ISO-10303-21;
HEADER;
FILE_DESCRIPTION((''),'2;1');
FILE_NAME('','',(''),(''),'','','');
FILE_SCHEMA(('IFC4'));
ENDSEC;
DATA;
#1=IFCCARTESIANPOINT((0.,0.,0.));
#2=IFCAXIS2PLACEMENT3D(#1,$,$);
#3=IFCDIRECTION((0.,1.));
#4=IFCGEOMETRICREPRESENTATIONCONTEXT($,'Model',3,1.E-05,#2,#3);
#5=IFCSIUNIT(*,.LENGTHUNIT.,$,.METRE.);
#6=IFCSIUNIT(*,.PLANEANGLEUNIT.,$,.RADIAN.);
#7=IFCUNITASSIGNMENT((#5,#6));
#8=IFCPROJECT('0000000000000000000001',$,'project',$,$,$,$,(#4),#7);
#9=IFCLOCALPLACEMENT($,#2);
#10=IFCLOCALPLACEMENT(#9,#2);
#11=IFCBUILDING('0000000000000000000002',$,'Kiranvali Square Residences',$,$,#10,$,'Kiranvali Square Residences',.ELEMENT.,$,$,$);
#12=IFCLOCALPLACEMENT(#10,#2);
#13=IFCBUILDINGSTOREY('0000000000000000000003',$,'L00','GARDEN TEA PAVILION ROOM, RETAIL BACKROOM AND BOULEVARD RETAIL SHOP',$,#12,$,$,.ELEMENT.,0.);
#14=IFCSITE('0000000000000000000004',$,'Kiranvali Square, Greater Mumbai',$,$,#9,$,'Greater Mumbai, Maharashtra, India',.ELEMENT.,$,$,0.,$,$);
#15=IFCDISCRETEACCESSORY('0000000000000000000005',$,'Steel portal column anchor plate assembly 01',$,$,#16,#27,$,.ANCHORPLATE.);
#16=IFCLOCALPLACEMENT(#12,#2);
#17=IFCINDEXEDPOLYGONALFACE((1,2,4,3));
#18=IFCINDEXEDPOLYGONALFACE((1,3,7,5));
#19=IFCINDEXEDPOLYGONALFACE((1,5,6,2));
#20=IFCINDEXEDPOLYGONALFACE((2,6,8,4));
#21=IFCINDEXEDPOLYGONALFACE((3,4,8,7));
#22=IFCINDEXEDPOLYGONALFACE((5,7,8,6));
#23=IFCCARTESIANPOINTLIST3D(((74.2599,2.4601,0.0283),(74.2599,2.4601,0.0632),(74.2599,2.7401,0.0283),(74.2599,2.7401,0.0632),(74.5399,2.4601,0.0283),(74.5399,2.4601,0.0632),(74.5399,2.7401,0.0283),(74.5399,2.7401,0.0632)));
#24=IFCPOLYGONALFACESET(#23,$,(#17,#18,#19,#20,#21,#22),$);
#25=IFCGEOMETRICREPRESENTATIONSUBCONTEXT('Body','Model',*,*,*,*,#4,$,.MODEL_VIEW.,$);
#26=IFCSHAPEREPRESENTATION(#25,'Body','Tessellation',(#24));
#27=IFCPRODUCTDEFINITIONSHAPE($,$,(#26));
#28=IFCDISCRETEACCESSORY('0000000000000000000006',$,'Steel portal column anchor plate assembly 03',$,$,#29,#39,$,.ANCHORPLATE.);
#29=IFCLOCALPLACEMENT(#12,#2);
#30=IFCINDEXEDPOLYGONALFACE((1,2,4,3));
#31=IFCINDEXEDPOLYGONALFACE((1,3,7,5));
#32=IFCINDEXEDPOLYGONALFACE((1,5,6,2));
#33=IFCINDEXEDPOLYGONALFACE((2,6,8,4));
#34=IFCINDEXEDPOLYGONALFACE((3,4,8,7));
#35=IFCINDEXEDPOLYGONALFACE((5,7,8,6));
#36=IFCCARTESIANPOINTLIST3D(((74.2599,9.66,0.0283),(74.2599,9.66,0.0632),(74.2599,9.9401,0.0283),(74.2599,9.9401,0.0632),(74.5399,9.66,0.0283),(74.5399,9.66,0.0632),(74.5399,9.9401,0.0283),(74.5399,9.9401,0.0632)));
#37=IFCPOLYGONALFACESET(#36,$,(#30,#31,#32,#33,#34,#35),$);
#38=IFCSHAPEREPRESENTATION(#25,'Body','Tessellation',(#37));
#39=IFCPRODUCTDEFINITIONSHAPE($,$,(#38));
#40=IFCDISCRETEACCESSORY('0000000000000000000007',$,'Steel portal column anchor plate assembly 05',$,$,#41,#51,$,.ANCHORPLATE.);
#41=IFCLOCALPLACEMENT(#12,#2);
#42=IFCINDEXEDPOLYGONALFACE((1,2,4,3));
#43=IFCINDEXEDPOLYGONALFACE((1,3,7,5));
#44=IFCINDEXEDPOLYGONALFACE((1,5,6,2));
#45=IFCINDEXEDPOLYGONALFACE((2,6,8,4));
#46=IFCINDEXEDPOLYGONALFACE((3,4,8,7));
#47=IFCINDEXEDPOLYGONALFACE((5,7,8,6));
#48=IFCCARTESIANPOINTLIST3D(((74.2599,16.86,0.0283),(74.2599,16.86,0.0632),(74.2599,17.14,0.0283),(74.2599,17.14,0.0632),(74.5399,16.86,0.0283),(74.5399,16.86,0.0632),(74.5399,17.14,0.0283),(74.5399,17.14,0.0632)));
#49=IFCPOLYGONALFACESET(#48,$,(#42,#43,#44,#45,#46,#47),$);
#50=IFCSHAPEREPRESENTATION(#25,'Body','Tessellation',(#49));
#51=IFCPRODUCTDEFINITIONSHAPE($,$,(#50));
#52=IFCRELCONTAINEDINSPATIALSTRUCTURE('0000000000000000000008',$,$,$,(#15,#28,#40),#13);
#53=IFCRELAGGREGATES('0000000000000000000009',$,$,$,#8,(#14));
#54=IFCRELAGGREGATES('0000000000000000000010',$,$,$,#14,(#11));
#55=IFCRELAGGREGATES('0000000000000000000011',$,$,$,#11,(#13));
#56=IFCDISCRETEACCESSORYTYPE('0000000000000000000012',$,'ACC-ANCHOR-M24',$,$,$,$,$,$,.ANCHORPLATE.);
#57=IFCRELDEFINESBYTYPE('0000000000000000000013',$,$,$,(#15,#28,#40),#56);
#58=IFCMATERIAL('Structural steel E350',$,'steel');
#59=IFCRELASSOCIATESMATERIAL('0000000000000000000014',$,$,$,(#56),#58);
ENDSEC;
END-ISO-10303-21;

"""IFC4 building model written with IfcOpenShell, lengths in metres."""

from ifc_helpers import new_model, si_unit, direction, frame, origin, origin_2d, place, context, subcontext, project, spatial, rectangle, extrude, material, type_object, element, save


model = new_model("IFC4")

# Units and contexts
model_context = context("Model", 3, precision=1e-05, world=origin(), true_north=direction((0.0, 1.0)))
body_context = subcontext(model_context, "Body", "Model", "MODEL_VIEW")
ifc_project = project(units=[si_unit("LENGTHUNIT", "METRE"), si_unit("PLANEANGLEUNIT", "RADIAN")], contexts=[model_context])

# Site, building, storey
site_placement = place(None, origin())
site = spatial("IfcSite", under=ifc_project, at=site_placement, Name="Kiranvali Square, Greater Mumbai", LongName="Greater Mumbai, Maharashtra, India", CompositionType="ELEMENT", RefElevation=0.0)
building_placement = place(site_placement, origin())
building = spatial("IfcBuilding", under=site, at=building_placement, Name="Kiranvali Square Residences", LongName="Kiranvali Square Residences", CompositionType="ELEMENT")
storey_placement = place(building_placement, origin())
storey = spatial("IfcBuildingStorey", under=building, at=storey_placement, Name="L00", Description="GARDEN TEA PAVILION ROOM, RETAIL BACKROOM AND BOULEVARD RETAIL SHOP", CompositionType="ELEMENT", Elevation=0.0)

# Shared definitions
ifc_material_1 = material(Name="Structural steel E350", Category="steel")

# Discrete accessories
discrete_accessory_type = type_object("IfcDiscreteAccessoryType", Name="ACC-ANCHOR-M24", PredefinedType="ANCHORPLATE", material=ifc_material_1)
for number, where, z_axis, x_axis, name in (
    (1, (74.3999, 2.6001, 0.0283), (0.0, 0.0, 1.0), (1.0, 0.0, 0.0), "Steel portal column anchor plate assembly 01"),
    (2, (74.3999, 9.8, 0.0283), (0.0, 0.0, 1.0), (1.0, 0.0, 0.0), "Steel portal column anchor plate assembly 03"),
    (3, (74.3999, 17.0, 0.0283), (0.0, 0.0, 1.0), (1.0, 0.0, 0.0), "Steel portal column anchor plate assembly 05"),
):
    element("IfcDiscreteAccessory", number, at=place(storey_placement, frame(where, z_axis=z_axis, x_axis=x_axis)), inside=storey, type_object=discrete_accessory_type, Name=name, PredefinedType="ANCHORPLATE", context=body_context, shape_type="SweptSolid", body=[
        extrude(rectangle(XDim=0.28, YDim=0.28, at=origin_2d()), origin(), (0.0, 0.0, 1.0), 0.0349),
    ])

save(model, "model.ifc")
